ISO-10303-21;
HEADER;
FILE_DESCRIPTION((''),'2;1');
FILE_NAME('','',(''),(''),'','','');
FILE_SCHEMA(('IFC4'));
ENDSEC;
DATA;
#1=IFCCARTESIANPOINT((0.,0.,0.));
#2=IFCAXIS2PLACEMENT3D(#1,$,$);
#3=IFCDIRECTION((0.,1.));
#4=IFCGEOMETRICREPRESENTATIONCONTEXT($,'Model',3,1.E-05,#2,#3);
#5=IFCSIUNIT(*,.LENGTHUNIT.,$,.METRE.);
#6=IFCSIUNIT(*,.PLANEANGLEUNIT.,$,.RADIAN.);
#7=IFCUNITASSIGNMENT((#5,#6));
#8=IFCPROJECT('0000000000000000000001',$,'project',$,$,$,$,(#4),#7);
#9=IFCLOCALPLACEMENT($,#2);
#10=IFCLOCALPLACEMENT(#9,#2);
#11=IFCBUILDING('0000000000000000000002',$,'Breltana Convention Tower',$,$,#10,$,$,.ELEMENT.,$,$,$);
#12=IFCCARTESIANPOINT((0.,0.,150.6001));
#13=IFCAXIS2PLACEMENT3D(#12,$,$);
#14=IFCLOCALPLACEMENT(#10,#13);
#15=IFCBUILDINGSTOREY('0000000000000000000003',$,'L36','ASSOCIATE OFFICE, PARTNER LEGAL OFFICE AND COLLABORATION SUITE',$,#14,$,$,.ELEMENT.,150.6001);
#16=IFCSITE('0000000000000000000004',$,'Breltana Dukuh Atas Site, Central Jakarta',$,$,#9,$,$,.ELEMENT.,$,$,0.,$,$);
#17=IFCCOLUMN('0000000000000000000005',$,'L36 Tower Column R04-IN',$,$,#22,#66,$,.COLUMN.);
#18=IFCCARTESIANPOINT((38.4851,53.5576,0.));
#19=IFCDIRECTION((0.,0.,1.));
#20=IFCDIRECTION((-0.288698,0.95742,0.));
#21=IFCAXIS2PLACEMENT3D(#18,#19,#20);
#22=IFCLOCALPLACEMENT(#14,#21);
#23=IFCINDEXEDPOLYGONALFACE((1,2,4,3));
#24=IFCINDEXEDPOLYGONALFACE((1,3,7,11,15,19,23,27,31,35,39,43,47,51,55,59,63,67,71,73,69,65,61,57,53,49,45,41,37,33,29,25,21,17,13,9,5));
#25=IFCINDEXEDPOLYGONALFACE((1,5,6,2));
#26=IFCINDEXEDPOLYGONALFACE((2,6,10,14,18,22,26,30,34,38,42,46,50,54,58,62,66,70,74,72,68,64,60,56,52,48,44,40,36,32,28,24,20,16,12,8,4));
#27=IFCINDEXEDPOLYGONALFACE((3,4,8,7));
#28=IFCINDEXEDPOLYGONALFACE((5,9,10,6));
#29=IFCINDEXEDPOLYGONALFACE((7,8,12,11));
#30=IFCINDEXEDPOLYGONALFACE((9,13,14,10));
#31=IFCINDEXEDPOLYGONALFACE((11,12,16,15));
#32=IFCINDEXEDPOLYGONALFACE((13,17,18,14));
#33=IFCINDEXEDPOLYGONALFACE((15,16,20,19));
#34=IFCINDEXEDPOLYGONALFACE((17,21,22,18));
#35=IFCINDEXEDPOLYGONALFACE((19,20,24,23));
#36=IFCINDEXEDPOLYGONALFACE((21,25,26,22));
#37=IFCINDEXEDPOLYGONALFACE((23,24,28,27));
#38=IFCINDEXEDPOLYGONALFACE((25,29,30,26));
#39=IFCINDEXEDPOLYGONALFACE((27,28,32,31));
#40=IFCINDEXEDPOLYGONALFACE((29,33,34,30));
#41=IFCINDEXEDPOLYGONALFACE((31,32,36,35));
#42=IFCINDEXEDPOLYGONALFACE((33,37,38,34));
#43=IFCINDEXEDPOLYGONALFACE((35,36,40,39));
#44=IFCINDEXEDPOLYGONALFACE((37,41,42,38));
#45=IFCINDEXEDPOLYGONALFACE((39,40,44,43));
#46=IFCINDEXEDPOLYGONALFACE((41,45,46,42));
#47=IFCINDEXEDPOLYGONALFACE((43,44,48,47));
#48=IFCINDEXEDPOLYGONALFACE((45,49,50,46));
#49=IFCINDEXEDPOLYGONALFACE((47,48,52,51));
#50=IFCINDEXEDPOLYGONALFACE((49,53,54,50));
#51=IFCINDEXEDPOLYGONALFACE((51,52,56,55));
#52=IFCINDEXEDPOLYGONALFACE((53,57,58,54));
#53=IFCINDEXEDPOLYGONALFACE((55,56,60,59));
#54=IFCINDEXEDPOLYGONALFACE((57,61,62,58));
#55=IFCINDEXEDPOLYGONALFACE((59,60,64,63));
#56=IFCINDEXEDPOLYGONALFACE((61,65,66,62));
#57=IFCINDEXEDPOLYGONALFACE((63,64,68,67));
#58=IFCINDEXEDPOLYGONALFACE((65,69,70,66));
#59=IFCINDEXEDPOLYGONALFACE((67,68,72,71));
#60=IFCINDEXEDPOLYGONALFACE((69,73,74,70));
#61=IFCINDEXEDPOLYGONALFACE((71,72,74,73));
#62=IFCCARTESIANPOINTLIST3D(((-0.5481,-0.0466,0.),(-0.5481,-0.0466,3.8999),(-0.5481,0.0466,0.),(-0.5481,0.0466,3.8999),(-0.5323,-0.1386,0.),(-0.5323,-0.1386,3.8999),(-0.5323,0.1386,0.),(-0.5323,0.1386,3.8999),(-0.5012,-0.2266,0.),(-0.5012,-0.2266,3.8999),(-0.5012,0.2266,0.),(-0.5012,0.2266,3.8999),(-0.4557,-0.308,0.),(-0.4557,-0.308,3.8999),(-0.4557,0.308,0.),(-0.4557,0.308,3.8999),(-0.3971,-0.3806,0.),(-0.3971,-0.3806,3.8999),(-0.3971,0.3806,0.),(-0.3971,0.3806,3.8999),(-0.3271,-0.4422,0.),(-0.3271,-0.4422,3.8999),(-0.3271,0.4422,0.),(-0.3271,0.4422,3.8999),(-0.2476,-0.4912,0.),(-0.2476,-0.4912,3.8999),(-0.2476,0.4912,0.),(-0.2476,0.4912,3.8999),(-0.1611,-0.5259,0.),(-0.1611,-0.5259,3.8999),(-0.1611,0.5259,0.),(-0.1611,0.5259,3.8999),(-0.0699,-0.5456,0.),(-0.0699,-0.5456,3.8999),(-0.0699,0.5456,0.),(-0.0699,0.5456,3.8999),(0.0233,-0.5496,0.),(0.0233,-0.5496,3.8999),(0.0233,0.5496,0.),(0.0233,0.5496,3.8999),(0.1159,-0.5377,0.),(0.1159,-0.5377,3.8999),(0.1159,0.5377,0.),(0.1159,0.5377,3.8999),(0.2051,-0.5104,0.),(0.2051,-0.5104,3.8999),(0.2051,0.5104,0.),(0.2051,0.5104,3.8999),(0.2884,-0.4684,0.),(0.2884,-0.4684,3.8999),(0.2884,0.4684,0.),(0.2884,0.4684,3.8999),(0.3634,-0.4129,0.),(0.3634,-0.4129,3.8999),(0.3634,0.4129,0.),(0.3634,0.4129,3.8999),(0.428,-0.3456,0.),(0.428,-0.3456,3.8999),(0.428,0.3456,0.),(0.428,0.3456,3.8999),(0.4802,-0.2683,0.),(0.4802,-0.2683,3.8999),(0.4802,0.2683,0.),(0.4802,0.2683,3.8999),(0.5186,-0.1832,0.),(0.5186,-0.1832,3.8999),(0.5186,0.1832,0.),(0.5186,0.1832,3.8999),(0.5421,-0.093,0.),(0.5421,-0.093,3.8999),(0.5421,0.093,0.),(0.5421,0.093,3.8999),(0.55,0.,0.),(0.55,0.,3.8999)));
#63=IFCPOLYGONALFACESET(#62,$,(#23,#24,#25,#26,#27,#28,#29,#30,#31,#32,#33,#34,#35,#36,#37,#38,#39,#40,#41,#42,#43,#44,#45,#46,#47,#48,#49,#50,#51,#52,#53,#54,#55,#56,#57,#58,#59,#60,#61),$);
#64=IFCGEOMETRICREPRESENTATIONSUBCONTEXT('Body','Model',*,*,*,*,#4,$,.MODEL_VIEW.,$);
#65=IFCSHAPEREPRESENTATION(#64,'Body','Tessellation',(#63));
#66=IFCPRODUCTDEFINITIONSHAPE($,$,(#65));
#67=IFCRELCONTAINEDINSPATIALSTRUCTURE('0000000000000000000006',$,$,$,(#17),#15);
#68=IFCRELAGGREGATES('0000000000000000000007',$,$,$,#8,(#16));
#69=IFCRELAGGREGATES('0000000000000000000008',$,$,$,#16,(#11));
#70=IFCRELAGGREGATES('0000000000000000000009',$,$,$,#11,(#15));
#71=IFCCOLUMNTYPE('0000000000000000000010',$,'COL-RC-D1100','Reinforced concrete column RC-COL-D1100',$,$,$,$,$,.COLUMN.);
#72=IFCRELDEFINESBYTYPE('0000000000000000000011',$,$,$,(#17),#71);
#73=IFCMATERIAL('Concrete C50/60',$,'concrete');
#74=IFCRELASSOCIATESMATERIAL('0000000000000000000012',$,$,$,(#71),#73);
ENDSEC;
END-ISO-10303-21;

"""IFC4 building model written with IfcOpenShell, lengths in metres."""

from ifc_helpers import new_model, si_unit, direction, frame, origin, origin_2d, place, context, subcontext, project, spatial, circle, extrude, source, transform, mapped, material, material_profile, profile_set, type_object, element, save


model = new_model("IFC4")

# Units and contexts
model_context = context("Model", 3, precision=1e-05, world=origin(), true_north=direction((0.0, 1.0)))
body_context = subcontext(model_context, "Body", "Model", "MODEL_VIEW")
ifc_project = project(units=[si_unit("LENGTHUNIT", "METRE"), si_unit("PLANEANGLEUNIT", "RADIAN")], contexts=[model_context])

# Site, building, storey
site_placement = place(None, origin())
site = spatial("IfcSite", under=ifc_project, at=site_placement, Name="Breltana Dukuh Atas Site, Central Jakarta", CompositionType="ELEMENT", RefElevation=0.0)
building_placement = place(site_placement, origin())
building = spatial("IfcBuilding", under=site, at=building_placement, Name="Breltana Convention Tower", CompositionType="ELEMENT")
storey_placement = place(building_placement, frame((0.0, 0.0, 150.6001)))
storey = spatial("IfcBuildingStorey", under=building, at=storey_placement, Name="L36", Description="ASSOCIATE OFFICE, PARTNER LEGAL OFFICE AND COLLABORATION SUITE", CompositionType="ELEMENT", Elevation=150.6001)

# Column
ifc_material_1 = material(Name="Concrete C50/60", Category="concrete")
ifc_material_profile_1 = material_profile(ifc_material_1, circle(Radius=0.55, at=origin_2d()), Name="RC-COL-D1100")
ifc_profile_set_1 = profile_set([ifc_material_profile_1], Name="Concrete C50/60")
column_type = type_object("IfcColumnType", Name="COL-RC-D1100", Description="Reinforced concrete column RC-COL-D1100", PredefinedType="COLUMN", material=ifc_profile_set_1)
shared_shape_1 = source(origin(), body_context, "Body", "SweptSolid", [
    extrude(circle(Radius=0.55, at=origin_2d()), origin(), (0.0, 0.0, 1.0), 3.8999),
])
for number, where, z_axis, x_axis, name in (
    (1, (38.4851, 53.5576, 0.0), (0.0, 0.0, 1.0), (-0.288698, 0.95742, 0.0), "L36 Tower Column R04-IN"),
):
    element("IfcColumn", number, at=place(storey_placement, frame(where, z_axis=z_axis, x_axis=x_axis)), inside=storey, type_object=column_type, Name=name, PredefinedType="COLUMN", context=body_context, shape_type="MappedRepresentation", body=[
        mapped(shared_shape_1, transform((0.0, 0.0, 0.0), scale=1.0)),
    ])

save(model, "model.ifc")
